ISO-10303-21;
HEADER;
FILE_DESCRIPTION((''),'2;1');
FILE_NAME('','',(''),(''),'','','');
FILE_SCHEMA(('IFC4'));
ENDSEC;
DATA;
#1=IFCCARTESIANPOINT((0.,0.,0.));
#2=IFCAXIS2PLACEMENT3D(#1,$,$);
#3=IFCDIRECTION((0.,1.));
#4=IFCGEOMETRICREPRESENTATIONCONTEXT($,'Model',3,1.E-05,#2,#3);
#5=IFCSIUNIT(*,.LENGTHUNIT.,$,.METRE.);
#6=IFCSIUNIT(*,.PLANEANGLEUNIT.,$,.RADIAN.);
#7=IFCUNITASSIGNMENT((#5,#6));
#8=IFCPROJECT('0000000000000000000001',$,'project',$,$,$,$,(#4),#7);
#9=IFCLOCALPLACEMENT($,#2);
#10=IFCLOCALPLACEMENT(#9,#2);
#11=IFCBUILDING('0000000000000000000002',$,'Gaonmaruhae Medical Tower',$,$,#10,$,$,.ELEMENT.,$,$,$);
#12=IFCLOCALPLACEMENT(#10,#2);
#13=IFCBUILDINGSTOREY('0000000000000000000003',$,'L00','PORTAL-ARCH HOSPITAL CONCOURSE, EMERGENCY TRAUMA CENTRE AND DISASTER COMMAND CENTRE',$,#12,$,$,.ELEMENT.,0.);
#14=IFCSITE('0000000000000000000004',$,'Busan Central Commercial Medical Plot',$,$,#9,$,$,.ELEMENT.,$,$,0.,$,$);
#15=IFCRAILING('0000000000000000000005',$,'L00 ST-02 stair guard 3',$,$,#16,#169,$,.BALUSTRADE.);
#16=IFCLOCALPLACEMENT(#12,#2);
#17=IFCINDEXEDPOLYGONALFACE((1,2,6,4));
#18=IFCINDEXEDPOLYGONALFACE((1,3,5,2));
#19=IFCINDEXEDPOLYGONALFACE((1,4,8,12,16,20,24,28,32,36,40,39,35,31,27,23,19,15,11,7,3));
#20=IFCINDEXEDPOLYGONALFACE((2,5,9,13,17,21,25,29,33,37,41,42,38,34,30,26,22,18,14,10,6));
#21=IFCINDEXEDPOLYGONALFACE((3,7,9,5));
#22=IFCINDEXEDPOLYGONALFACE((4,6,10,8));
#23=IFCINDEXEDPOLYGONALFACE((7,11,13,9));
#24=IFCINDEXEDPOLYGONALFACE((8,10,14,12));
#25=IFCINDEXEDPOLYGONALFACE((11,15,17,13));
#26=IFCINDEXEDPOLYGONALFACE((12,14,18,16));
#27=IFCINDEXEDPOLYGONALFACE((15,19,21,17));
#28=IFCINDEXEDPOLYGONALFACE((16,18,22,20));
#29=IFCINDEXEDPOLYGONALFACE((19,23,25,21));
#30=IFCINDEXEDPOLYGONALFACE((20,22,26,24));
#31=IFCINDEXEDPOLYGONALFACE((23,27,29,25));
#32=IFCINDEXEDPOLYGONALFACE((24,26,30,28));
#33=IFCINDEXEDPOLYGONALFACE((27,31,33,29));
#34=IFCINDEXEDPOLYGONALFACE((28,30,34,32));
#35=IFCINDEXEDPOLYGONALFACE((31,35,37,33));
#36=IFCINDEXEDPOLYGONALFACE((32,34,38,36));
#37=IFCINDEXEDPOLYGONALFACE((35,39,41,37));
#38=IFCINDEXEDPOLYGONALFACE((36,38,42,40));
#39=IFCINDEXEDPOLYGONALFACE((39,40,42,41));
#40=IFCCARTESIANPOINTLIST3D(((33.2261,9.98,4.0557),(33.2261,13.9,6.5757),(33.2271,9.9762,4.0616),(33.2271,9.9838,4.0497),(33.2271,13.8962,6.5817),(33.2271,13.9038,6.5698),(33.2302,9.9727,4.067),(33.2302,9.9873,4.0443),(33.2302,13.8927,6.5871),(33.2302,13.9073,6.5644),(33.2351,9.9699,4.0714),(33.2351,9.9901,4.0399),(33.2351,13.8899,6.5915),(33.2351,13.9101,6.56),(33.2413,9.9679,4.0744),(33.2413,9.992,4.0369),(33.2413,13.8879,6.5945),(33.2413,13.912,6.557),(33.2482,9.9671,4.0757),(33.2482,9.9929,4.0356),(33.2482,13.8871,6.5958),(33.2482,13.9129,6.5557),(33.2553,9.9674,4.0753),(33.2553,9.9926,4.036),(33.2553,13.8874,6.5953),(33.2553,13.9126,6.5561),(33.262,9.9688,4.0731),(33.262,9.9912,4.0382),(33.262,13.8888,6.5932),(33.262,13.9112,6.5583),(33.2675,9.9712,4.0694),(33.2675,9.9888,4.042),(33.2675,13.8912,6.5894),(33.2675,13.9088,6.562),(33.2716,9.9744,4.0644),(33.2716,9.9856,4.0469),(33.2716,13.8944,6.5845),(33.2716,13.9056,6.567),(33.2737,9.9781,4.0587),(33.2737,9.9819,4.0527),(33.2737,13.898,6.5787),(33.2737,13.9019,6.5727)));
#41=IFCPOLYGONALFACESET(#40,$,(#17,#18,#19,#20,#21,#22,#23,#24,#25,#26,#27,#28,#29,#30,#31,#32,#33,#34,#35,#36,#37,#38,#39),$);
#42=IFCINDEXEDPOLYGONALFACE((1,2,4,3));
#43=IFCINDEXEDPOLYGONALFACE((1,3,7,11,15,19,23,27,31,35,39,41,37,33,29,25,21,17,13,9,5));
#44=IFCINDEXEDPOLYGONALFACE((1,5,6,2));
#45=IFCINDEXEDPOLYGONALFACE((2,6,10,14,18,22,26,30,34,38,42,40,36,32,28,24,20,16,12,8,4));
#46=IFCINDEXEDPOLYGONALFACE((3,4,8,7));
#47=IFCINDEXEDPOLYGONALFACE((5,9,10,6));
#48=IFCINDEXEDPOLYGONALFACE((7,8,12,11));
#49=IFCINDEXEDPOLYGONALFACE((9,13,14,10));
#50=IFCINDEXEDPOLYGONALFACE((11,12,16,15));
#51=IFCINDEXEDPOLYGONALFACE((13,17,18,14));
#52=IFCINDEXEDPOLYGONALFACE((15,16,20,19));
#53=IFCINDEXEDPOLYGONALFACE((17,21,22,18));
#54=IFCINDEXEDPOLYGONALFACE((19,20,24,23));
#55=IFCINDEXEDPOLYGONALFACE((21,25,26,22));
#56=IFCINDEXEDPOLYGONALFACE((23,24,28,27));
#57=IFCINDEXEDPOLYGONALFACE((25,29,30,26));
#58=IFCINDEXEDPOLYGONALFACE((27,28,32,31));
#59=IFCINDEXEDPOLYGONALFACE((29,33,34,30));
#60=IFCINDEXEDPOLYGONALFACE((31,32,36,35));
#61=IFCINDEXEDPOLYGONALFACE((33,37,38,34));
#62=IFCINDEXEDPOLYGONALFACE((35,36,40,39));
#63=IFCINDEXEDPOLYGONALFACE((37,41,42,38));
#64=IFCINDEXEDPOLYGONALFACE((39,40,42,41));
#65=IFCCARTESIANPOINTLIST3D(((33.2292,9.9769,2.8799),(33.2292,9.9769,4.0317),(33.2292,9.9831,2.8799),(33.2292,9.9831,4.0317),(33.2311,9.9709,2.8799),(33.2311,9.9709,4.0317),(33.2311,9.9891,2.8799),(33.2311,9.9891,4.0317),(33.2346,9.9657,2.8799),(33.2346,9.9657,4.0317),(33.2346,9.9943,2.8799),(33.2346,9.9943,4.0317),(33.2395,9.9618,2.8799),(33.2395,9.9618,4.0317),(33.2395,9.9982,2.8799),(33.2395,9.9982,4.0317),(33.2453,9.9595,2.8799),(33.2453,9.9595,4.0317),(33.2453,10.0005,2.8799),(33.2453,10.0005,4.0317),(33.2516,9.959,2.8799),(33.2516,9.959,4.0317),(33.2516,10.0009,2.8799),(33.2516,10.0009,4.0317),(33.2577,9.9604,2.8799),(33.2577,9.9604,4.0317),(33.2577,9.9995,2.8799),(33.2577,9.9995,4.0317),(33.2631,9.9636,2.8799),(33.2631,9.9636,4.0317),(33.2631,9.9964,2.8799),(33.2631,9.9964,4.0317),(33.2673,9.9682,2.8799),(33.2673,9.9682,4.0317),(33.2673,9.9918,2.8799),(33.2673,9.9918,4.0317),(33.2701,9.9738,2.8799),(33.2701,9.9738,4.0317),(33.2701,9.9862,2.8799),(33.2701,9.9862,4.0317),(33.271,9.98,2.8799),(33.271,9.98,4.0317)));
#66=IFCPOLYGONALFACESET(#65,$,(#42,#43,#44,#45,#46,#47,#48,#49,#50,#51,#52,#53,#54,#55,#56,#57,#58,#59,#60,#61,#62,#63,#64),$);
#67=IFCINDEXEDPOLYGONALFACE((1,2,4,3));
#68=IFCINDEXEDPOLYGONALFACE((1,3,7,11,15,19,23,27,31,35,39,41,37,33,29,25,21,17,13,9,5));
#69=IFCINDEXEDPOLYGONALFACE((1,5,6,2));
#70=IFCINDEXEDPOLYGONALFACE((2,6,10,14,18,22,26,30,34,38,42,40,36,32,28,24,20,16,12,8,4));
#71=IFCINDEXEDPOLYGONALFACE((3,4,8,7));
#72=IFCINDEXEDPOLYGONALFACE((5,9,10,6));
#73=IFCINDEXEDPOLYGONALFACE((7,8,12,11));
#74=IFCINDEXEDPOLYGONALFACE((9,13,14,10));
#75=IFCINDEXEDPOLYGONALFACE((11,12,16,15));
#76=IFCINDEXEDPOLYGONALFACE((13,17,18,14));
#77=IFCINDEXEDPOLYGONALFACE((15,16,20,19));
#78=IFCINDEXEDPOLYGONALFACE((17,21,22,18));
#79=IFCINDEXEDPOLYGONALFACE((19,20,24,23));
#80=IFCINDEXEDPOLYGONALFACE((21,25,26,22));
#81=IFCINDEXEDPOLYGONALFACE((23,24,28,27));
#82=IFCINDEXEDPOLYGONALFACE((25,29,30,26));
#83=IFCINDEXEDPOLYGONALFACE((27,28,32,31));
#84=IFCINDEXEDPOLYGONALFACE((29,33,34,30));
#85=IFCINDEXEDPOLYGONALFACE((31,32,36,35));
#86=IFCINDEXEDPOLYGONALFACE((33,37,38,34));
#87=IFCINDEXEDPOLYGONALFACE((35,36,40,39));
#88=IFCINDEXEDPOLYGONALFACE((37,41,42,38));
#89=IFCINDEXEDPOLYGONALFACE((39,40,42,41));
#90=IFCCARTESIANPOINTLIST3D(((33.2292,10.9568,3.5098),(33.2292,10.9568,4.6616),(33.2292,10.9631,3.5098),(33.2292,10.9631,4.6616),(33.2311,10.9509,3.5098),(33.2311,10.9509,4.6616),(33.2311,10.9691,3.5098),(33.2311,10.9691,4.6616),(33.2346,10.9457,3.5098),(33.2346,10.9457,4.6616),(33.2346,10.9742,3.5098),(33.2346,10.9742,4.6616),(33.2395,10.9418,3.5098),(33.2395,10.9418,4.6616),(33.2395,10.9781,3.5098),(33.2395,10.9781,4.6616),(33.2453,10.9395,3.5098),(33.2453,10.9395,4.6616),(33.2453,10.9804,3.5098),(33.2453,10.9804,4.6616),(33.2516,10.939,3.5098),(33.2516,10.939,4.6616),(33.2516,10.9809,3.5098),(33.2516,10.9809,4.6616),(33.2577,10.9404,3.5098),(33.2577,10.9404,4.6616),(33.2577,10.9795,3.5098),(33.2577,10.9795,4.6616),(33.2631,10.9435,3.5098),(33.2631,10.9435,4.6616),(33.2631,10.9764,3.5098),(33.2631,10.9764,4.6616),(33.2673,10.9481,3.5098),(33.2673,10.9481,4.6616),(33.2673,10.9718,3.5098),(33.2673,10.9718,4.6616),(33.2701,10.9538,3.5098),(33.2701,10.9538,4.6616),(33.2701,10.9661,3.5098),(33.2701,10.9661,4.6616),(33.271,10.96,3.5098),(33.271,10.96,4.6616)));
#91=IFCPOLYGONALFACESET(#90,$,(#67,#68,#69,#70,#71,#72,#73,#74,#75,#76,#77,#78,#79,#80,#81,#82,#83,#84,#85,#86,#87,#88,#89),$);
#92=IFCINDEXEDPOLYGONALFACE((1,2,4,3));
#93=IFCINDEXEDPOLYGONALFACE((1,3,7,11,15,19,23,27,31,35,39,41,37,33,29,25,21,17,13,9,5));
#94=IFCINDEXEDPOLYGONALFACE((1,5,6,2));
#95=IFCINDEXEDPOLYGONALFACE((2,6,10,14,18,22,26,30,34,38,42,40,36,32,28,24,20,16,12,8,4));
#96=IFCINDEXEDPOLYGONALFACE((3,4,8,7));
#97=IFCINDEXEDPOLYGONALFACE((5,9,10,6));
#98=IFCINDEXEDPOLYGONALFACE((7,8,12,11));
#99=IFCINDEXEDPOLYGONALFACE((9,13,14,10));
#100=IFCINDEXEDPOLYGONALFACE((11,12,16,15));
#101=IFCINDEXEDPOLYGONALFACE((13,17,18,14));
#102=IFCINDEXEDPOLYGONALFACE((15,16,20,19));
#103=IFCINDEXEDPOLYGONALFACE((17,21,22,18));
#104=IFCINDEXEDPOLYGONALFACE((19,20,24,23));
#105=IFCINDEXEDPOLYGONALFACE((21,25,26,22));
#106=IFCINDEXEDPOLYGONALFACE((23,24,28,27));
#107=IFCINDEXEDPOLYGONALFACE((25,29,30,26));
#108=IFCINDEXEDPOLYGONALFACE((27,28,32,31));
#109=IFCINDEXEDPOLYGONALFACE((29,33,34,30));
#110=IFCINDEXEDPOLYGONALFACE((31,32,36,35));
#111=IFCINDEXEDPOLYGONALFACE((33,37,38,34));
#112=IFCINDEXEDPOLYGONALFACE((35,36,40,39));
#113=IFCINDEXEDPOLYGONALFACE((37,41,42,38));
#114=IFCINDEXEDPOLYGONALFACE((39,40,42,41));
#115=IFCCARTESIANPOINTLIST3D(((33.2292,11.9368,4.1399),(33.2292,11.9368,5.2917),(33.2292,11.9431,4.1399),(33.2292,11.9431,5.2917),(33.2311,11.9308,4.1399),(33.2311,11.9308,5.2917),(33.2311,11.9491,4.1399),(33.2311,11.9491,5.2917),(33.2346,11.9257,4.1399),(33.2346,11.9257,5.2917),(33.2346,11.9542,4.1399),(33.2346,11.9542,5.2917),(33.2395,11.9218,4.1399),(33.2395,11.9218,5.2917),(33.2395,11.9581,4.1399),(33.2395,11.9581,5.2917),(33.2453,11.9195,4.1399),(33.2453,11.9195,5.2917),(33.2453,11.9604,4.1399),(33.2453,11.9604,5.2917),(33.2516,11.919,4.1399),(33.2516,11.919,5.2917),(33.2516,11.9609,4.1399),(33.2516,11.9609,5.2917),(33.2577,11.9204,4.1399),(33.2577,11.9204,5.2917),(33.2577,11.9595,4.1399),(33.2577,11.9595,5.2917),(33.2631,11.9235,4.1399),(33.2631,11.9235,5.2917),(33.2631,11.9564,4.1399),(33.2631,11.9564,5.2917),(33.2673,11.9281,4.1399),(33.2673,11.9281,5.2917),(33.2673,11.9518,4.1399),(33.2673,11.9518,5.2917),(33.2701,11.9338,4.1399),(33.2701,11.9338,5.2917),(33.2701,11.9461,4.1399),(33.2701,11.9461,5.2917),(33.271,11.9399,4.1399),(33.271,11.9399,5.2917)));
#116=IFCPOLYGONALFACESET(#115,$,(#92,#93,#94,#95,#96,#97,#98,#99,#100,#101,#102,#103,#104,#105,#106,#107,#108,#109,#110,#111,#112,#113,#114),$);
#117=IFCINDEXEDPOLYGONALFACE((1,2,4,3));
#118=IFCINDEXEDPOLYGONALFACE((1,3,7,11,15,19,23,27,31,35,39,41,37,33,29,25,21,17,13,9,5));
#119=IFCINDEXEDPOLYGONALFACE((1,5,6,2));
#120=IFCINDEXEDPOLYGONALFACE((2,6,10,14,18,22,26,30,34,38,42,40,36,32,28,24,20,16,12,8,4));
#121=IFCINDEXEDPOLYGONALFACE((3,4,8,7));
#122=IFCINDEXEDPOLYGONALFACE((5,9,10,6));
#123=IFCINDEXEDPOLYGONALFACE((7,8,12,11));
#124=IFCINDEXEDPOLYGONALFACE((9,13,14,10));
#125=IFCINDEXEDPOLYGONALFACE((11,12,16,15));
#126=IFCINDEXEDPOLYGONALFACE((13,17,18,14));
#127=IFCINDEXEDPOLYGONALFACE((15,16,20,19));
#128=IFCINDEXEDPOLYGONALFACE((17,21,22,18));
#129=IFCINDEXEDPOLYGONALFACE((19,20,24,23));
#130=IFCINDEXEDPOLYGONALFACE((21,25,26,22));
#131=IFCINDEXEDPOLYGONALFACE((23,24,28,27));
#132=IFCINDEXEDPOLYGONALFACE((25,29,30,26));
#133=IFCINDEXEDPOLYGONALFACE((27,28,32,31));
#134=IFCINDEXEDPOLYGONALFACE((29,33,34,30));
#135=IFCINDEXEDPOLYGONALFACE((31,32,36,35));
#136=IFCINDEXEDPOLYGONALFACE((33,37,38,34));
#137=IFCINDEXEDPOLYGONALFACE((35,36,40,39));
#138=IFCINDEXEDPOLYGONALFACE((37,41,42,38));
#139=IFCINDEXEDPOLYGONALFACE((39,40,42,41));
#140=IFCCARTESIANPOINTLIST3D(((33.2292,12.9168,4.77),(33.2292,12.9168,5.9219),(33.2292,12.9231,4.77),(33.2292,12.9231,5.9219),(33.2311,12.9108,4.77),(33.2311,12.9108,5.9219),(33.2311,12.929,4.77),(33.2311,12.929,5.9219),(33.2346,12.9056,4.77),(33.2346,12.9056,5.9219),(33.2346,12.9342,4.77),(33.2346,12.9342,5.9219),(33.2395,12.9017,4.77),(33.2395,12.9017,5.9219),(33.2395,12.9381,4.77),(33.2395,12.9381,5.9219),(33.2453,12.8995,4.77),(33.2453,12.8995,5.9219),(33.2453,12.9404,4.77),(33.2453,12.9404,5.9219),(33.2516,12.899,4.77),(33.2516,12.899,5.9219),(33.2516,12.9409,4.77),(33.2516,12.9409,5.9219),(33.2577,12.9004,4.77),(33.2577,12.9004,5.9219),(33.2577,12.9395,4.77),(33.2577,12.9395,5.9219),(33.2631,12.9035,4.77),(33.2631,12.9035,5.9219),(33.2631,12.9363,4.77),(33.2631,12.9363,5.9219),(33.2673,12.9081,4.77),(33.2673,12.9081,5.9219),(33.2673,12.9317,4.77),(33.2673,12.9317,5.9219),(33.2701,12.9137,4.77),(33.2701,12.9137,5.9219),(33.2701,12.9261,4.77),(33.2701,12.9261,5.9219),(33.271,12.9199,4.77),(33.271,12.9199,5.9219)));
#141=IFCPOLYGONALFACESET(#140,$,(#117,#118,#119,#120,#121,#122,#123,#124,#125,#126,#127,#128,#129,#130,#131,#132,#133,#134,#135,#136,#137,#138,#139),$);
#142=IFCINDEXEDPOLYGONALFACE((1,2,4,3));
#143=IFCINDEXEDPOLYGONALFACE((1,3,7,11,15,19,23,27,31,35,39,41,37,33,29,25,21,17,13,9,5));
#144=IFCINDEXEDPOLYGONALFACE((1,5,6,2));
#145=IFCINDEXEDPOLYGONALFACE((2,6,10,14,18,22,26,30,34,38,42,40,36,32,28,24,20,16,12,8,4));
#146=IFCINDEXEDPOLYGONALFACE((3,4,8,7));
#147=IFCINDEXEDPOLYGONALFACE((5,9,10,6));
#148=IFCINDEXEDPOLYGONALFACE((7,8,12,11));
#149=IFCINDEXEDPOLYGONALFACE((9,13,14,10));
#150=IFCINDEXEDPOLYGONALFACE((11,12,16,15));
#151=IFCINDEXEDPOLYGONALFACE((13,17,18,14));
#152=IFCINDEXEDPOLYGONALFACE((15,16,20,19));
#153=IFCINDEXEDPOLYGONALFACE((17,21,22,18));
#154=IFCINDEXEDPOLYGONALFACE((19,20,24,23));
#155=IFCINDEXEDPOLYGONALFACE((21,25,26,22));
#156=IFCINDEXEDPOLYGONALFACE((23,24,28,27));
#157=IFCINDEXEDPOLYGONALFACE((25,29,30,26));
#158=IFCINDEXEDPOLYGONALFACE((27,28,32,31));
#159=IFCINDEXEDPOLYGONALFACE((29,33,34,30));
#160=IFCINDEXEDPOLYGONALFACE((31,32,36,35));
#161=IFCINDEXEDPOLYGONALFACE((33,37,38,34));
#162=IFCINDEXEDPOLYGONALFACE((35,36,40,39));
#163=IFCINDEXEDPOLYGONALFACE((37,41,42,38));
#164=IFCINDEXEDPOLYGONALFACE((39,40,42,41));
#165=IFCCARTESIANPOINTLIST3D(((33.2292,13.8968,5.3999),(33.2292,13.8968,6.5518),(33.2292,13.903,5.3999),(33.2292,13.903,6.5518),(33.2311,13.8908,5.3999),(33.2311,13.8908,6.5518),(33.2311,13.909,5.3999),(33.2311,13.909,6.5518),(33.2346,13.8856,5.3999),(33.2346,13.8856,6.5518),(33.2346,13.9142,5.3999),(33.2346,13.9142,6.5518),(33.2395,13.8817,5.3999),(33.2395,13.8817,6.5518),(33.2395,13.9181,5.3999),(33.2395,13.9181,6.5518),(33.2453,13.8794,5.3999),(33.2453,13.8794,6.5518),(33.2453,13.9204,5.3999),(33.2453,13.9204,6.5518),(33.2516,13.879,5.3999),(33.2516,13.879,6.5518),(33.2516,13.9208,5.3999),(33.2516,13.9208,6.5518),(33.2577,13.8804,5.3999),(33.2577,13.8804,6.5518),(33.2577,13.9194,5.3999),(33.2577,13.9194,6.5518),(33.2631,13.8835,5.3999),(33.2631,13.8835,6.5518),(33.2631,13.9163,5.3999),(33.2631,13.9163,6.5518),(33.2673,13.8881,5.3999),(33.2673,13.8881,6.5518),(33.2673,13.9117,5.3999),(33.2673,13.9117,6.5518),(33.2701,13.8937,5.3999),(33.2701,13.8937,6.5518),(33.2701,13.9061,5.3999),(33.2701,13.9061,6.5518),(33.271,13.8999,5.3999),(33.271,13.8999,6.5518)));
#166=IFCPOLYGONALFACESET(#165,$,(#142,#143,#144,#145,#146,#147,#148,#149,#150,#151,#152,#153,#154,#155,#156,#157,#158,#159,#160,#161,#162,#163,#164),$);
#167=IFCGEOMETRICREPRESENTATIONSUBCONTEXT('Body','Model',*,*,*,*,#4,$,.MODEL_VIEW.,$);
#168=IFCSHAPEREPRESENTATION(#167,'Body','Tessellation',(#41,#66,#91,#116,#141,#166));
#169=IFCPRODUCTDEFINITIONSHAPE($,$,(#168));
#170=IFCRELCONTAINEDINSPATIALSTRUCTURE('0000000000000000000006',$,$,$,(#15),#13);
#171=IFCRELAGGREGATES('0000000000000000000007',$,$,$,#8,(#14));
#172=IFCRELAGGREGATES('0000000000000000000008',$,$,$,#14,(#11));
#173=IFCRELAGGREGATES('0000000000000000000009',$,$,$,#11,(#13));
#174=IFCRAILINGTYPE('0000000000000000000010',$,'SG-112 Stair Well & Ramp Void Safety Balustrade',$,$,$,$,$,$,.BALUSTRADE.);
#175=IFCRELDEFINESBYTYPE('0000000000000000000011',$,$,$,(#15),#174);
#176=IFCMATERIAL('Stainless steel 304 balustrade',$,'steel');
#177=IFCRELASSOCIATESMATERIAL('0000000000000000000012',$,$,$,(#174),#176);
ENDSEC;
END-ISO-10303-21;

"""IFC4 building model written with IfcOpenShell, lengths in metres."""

from ifc_helpers import new_model, si_unit, direction, frame, origin, origin_2d, place, context, subcontext, project, spatial, circle, extrude, material, type_object, element, save


model = new_model("IFC4")

# Units and contexts
model_context = context("Model", 3, precision=1e-05, world=origin(), true_north=direction((0.0, 1.0)))
body_context = subcontext(model_context, "Body", "Model", "MODEL_VIEW")
ifc_project = project(units=[si_unit("LENGTHUNIT", "METRE"), si_unit("PLANEANGLEUNIT", "RADIAN")], contexts=[model_context])

# Site, building, storey
site_placement = place(None, origin())
site = spatial("IfcSite", under=ifc_project, at=site_placement, Name="Busan Central Commercial Medical Plot", CompositionType="ELEMENT", RefElevation=0.0)
building_placement = place(site_placement, origin())
building = spatial("IfcBuilding", under=site, at=building_placement, Name="Gaonmaruhae Medical Tower", CompositionType="ELEMENT")
storey_placement = place(building_placement, origin())
storey = spatial("IfcBuildingStorey", under=building, at=storey_placement, Name="L00", Description="PORTAL-ARCH HOSPITAL CONCOURSE, EMERGENCY TRAUMA CENTRE AND DISASTER COMMAND CENTRE", CompositionType="ELEMENT", Elevation=0.0)

# Railing
ifc_material_1 = material(Name="Stainless steel 304 balustrade", Category="steel")
railing_type = type_object("IfcRailingType", Name="SG-112 Stair Well & Ramp Void Safety Balustrade", PredefinedType="BALUSTRADE", material=ifc_material_1)
railing_1_placement = place(storey_placement, frame((33.25, 9.98, 2.8799)))
element("IfcRailing", 1, at=railing_1_placement, inside=storey, type_object=railing_type, Name="L00 ST-02 stair guard 3", PredefinedType="BALUSTRADE", context=body_context, shape_type="SweptSolid", body=[
    extrude(circle(Radius=0.0239, at=origin_2d()), frame((0.0, 0.0, 1.1758), z_axis=(0.0, 0.841172, 0.540768), x_axis=(-1.0, 0.0, 0.0)), (0.0, 0.0, 1.0), 4.6602),
    extrude(circle(Radius=0.021, at=origin_2d()), origin(), (0.0, 0.0, 1.0), 1.1519),
    extrude(circle(Radius=0.021, at=origin_2d()), frame((0.0, 0.98, 0.6299)), (0.0, 0.0, 1.0), 1.1519),
    extrude(circle(Radius=0.021, at=origin_2d()), frame((0.0, 1.96, 1.26)), (0.0, 0.0, 1.0), 1.1519),
    extrude(circle(Radius=0.021, at=origin_2d()), frame((0.0, 2.9399, 1.8901)), (0.0, 0.0, 1.0), 1.1519),
    extrude(circle(Radius=0.021, at=origin_2d()), frame((0.0, 3.9199, 2.52)), (0.0, 0.0, 1.0), 1.1519),
])

save(model, "model.ifc")
